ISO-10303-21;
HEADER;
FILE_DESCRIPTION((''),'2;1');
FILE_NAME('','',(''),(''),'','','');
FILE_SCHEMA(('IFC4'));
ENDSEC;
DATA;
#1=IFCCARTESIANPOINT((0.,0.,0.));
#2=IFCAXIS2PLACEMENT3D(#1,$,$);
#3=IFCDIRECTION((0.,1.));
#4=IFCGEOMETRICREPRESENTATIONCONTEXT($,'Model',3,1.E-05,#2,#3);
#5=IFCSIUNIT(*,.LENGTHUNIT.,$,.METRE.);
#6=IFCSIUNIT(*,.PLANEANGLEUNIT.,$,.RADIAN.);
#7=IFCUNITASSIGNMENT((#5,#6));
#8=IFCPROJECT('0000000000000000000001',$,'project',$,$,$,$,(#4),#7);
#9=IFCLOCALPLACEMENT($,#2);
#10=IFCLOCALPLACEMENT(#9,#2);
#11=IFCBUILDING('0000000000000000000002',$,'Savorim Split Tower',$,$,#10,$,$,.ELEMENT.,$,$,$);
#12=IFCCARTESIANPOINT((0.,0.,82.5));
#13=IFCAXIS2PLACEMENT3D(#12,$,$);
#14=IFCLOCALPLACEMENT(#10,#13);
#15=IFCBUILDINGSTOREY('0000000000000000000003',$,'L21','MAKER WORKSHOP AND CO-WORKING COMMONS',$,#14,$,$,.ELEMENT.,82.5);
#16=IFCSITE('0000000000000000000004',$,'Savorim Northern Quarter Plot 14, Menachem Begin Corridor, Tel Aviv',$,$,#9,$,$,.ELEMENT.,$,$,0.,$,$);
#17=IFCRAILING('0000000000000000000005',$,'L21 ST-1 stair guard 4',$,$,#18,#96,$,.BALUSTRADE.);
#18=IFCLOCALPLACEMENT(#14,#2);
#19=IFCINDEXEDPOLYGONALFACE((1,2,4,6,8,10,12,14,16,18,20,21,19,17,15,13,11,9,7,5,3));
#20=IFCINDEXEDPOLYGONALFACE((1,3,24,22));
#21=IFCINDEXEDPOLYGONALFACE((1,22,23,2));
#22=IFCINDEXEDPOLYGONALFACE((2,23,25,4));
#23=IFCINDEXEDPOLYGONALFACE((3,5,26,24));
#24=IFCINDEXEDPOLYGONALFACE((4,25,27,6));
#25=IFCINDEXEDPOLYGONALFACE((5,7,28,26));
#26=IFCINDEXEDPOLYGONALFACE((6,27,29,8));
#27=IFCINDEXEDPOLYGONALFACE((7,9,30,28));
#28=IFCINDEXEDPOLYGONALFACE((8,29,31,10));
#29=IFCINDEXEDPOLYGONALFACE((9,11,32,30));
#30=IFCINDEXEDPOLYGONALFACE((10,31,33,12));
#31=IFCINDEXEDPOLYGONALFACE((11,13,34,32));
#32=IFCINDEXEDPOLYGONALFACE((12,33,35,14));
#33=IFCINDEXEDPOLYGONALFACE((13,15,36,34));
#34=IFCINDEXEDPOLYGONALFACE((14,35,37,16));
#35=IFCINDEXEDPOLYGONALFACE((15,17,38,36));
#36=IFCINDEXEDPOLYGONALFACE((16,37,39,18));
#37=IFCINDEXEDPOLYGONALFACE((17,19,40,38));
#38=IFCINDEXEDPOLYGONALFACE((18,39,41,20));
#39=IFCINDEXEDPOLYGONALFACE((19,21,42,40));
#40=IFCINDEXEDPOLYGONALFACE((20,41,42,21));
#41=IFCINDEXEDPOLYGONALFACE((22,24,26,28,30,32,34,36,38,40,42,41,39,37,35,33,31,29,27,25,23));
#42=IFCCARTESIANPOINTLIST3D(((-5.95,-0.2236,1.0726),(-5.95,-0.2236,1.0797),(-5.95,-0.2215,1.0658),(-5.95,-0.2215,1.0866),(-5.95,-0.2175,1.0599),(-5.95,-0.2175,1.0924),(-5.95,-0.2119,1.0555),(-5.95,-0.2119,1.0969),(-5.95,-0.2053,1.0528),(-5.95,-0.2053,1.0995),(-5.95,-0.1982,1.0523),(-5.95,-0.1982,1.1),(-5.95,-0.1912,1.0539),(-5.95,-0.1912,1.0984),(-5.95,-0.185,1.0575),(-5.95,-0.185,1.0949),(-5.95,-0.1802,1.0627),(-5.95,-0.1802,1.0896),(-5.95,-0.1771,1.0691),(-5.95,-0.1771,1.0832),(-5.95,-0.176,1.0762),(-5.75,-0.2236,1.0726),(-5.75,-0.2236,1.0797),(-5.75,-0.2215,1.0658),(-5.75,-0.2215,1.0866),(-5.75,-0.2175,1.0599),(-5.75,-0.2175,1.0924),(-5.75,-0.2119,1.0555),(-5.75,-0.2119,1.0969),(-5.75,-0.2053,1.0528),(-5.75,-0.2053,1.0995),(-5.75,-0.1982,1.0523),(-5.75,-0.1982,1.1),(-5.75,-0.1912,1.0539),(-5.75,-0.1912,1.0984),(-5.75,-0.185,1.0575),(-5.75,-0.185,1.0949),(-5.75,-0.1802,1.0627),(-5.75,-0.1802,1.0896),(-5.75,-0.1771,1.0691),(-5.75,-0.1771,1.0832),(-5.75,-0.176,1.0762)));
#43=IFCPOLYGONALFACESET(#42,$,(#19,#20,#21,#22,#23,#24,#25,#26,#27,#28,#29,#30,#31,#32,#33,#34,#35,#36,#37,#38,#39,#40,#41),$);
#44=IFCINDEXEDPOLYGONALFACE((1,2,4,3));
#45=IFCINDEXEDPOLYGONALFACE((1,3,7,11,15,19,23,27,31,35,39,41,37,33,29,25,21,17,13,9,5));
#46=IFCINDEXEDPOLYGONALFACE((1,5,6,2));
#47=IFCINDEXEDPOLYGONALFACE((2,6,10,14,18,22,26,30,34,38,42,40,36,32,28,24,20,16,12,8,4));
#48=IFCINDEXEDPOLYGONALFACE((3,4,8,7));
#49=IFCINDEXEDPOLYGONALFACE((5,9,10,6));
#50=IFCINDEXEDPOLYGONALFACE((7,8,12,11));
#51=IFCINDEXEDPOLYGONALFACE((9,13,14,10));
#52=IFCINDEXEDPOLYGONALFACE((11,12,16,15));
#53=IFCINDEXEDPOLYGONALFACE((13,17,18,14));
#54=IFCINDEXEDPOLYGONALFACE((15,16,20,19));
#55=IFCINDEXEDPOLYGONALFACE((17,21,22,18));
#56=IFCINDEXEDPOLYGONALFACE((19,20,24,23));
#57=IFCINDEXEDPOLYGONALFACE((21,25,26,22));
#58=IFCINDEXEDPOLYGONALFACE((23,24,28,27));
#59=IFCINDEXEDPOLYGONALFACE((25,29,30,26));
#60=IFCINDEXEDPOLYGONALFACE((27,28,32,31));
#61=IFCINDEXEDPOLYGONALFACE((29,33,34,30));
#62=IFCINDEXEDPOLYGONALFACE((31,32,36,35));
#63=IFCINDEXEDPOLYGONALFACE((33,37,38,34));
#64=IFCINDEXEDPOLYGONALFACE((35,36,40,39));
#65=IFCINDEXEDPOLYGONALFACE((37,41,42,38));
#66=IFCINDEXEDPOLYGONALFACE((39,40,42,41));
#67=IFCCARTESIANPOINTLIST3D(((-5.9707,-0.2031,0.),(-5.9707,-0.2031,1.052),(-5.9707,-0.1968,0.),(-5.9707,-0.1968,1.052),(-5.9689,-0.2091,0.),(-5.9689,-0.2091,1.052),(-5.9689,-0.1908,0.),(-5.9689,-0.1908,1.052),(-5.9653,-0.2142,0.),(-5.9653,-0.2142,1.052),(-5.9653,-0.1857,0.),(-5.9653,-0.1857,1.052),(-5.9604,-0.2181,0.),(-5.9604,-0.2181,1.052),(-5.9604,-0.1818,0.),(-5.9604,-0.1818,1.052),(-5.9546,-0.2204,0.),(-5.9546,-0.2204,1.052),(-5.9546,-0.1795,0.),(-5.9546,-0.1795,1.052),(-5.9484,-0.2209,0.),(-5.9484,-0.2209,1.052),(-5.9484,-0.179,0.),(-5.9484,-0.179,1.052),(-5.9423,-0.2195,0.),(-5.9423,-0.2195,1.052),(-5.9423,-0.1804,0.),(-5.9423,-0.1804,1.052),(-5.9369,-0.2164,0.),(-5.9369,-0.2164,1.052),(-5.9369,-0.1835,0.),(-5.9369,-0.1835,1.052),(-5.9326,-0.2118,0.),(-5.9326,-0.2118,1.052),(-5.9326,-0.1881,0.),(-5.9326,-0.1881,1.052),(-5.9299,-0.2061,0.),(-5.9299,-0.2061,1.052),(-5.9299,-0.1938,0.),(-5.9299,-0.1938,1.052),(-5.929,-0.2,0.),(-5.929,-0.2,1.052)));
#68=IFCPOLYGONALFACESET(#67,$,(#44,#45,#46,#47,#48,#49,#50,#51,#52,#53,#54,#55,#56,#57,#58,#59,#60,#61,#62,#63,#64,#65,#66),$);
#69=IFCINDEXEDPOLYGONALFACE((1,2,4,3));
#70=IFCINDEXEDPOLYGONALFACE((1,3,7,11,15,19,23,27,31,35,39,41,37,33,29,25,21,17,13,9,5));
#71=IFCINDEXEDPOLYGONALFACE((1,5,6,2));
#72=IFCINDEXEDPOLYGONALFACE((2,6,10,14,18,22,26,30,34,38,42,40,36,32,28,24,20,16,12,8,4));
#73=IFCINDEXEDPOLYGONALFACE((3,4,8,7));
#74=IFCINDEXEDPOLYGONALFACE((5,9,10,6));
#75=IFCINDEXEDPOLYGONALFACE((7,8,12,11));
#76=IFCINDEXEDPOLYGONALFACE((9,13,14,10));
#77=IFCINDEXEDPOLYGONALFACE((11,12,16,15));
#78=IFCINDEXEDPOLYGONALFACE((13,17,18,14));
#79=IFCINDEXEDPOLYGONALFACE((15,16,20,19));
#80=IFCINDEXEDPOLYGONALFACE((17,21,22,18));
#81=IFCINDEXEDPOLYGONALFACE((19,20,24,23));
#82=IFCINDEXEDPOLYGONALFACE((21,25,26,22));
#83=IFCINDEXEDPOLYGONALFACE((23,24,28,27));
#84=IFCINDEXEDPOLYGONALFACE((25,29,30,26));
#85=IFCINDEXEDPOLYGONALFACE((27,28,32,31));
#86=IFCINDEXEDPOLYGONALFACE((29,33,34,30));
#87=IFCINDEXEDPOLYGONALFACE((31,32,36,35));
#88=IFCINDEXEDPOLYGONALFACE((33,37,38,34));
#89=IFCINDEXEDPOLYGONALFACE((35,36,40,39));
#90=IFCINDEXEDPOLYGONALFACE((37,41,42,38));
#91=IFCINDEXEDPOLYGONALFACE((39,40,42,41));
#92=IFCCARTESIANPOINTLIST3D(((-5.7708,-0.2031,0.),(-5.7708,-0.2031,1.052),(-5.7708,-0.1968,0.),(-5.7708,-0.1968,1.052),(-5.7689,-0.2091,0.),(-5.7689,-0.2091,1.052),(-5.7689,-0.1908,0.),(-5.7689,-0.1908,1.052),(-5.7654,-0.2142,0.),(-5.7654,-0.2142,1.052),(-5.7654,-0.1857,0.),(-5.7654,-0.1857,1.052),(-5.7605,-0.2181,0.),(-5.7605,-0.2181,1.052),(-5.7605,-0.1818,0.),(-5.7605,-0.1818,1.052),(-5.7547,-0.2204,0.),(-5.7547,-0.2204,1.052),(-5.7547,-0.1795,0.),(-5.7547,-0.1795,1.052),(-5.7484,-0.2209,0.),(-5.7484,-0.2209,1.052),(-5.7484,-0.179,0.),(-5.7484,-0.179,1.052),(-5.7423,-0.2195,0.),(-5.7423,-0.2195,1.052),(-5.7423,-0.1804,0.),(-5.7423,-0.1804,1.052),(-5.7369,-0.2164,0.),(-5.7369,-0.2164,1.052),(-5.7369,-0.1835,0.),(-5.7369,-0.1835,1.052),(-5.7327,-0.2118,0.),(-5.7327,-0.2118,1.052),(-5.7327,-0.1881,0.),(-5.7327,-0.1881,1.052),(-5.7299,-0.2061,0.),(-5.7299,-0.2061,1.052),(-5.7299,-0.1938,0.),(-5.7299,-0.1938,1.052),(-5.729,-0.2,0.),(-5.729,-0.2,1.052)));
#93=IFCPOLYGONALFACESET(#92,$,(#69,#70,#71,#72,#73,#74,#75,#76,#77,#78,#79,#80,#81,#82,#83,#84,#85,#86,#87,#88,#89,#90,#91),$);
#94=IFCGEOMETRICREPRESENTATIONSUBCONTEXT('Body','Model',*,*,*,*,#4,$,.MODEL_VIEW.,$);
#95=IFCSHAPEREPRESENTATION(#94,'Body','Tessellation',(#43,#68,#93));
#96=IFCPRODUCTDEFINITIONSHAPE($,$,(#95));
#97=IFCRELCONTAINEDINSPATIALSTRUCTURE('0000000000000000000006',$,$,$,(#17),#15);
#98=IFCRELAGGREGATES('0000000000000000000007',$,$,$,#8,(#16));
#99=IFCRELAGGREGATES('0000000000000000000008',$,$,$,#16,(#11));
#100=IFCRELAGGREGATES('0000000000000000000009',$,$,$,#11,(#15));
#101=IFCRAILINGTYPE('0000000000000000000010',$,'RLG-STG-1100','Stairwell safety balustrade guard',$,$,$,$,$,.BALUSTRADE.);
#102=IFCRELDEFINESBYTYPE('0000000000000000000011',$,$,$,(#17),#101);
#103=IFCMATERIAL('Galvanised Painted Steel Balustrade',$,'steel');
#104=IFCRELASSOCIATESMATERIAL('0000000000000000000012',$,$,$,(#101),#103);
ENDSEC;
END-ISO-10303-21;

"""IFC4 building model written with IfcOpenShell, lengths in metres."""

from ifc_helpers import new_model, si_unit, direction, frame, origin, origin_2d, place, context, subcontext, project, spatial, circle, extrude, material, type_object, element, save


model = new_model("IFC4")

# Units and contexts
model_context = context("Model", 3, precision=1e-05, world=origin(), true_north=direction((0.0, 1.0)))
body_context = subcontext(model_context, "Body", "Model", "MODEL_VIEW")
ifc_project = project(units=[si_unit("LENGTHUNIT", "METRE"), si_unit("PLANEANGLEUNIT", "RADIAN")], contexts=[model_context])

# Site, building, storey
site_placement = place(None, origin())
site = spatial("IfcSite", under=ifc_project, at=site_placement, Name="Savorim Northern Quarter Plot 14, Menachem Begin Corridor, Tel Aviv", CompositionType="ELEMENT", RefElevation=0.0)
building_placement = place(site_placement, origin())
building = spatial("IfcBuilding", under=site, at=building_placement, Name="Savorim Split Tower", CompositionType="ELEMENT")
storey_placement = place(building_placement, frame((0.0, 0.0, 82.5)))
storey = spatial("IfcBuildingStorey", under=building, at=storey_placement, Name="L21", Description="MAKER WORKSHOP AND CO-WORKING COMMONS", CompositionType="ELEMENT", Elevation=82.5)

# Railing
ifc_material_1 = material(Name="Galvanised Painted Steel Balustrade", Category="steel")
railing_type_1 = type_object("IfcRailingType", Name="RLG-STG-1100", Description="Stairwell safety balustrade guard", PredefinedType="BALUSTRADE", material=ifc_material_1)
railing_1_placement = place(storey_placement, frame((-5.95, -0.2, 0.0)))
element("IfcRailing", 1, at=railing_1_placement, inside=storey, type_object=railing_type_1, Name="L21 ST-1 stair guard 4", PredefinedType="BALUSTRADE", context=body_context, shape_type="SweptSolid", body=[
    extrude(circle(Radius=0.0239, at=origin_2d()), frame((0.0, 0.0, 1.0762), z_axis=(1.0, 0.0, 0.0), x_axis=(0.0, 1.0, 0.0)), (0.0, 0.0, 1.0), 0.2),
    extrude(circle(Radius=0.021, at=origin_2d()), origin(), (0.0, 0.0, 1.0), 1.052),
    extrude(circle(Radius=0.021, at=origin_2d()), frame((0.2, 0.0, 0.0)), (0.0, 0.0, 1.0), 1.052),
])

save(model, "model.ifc")
